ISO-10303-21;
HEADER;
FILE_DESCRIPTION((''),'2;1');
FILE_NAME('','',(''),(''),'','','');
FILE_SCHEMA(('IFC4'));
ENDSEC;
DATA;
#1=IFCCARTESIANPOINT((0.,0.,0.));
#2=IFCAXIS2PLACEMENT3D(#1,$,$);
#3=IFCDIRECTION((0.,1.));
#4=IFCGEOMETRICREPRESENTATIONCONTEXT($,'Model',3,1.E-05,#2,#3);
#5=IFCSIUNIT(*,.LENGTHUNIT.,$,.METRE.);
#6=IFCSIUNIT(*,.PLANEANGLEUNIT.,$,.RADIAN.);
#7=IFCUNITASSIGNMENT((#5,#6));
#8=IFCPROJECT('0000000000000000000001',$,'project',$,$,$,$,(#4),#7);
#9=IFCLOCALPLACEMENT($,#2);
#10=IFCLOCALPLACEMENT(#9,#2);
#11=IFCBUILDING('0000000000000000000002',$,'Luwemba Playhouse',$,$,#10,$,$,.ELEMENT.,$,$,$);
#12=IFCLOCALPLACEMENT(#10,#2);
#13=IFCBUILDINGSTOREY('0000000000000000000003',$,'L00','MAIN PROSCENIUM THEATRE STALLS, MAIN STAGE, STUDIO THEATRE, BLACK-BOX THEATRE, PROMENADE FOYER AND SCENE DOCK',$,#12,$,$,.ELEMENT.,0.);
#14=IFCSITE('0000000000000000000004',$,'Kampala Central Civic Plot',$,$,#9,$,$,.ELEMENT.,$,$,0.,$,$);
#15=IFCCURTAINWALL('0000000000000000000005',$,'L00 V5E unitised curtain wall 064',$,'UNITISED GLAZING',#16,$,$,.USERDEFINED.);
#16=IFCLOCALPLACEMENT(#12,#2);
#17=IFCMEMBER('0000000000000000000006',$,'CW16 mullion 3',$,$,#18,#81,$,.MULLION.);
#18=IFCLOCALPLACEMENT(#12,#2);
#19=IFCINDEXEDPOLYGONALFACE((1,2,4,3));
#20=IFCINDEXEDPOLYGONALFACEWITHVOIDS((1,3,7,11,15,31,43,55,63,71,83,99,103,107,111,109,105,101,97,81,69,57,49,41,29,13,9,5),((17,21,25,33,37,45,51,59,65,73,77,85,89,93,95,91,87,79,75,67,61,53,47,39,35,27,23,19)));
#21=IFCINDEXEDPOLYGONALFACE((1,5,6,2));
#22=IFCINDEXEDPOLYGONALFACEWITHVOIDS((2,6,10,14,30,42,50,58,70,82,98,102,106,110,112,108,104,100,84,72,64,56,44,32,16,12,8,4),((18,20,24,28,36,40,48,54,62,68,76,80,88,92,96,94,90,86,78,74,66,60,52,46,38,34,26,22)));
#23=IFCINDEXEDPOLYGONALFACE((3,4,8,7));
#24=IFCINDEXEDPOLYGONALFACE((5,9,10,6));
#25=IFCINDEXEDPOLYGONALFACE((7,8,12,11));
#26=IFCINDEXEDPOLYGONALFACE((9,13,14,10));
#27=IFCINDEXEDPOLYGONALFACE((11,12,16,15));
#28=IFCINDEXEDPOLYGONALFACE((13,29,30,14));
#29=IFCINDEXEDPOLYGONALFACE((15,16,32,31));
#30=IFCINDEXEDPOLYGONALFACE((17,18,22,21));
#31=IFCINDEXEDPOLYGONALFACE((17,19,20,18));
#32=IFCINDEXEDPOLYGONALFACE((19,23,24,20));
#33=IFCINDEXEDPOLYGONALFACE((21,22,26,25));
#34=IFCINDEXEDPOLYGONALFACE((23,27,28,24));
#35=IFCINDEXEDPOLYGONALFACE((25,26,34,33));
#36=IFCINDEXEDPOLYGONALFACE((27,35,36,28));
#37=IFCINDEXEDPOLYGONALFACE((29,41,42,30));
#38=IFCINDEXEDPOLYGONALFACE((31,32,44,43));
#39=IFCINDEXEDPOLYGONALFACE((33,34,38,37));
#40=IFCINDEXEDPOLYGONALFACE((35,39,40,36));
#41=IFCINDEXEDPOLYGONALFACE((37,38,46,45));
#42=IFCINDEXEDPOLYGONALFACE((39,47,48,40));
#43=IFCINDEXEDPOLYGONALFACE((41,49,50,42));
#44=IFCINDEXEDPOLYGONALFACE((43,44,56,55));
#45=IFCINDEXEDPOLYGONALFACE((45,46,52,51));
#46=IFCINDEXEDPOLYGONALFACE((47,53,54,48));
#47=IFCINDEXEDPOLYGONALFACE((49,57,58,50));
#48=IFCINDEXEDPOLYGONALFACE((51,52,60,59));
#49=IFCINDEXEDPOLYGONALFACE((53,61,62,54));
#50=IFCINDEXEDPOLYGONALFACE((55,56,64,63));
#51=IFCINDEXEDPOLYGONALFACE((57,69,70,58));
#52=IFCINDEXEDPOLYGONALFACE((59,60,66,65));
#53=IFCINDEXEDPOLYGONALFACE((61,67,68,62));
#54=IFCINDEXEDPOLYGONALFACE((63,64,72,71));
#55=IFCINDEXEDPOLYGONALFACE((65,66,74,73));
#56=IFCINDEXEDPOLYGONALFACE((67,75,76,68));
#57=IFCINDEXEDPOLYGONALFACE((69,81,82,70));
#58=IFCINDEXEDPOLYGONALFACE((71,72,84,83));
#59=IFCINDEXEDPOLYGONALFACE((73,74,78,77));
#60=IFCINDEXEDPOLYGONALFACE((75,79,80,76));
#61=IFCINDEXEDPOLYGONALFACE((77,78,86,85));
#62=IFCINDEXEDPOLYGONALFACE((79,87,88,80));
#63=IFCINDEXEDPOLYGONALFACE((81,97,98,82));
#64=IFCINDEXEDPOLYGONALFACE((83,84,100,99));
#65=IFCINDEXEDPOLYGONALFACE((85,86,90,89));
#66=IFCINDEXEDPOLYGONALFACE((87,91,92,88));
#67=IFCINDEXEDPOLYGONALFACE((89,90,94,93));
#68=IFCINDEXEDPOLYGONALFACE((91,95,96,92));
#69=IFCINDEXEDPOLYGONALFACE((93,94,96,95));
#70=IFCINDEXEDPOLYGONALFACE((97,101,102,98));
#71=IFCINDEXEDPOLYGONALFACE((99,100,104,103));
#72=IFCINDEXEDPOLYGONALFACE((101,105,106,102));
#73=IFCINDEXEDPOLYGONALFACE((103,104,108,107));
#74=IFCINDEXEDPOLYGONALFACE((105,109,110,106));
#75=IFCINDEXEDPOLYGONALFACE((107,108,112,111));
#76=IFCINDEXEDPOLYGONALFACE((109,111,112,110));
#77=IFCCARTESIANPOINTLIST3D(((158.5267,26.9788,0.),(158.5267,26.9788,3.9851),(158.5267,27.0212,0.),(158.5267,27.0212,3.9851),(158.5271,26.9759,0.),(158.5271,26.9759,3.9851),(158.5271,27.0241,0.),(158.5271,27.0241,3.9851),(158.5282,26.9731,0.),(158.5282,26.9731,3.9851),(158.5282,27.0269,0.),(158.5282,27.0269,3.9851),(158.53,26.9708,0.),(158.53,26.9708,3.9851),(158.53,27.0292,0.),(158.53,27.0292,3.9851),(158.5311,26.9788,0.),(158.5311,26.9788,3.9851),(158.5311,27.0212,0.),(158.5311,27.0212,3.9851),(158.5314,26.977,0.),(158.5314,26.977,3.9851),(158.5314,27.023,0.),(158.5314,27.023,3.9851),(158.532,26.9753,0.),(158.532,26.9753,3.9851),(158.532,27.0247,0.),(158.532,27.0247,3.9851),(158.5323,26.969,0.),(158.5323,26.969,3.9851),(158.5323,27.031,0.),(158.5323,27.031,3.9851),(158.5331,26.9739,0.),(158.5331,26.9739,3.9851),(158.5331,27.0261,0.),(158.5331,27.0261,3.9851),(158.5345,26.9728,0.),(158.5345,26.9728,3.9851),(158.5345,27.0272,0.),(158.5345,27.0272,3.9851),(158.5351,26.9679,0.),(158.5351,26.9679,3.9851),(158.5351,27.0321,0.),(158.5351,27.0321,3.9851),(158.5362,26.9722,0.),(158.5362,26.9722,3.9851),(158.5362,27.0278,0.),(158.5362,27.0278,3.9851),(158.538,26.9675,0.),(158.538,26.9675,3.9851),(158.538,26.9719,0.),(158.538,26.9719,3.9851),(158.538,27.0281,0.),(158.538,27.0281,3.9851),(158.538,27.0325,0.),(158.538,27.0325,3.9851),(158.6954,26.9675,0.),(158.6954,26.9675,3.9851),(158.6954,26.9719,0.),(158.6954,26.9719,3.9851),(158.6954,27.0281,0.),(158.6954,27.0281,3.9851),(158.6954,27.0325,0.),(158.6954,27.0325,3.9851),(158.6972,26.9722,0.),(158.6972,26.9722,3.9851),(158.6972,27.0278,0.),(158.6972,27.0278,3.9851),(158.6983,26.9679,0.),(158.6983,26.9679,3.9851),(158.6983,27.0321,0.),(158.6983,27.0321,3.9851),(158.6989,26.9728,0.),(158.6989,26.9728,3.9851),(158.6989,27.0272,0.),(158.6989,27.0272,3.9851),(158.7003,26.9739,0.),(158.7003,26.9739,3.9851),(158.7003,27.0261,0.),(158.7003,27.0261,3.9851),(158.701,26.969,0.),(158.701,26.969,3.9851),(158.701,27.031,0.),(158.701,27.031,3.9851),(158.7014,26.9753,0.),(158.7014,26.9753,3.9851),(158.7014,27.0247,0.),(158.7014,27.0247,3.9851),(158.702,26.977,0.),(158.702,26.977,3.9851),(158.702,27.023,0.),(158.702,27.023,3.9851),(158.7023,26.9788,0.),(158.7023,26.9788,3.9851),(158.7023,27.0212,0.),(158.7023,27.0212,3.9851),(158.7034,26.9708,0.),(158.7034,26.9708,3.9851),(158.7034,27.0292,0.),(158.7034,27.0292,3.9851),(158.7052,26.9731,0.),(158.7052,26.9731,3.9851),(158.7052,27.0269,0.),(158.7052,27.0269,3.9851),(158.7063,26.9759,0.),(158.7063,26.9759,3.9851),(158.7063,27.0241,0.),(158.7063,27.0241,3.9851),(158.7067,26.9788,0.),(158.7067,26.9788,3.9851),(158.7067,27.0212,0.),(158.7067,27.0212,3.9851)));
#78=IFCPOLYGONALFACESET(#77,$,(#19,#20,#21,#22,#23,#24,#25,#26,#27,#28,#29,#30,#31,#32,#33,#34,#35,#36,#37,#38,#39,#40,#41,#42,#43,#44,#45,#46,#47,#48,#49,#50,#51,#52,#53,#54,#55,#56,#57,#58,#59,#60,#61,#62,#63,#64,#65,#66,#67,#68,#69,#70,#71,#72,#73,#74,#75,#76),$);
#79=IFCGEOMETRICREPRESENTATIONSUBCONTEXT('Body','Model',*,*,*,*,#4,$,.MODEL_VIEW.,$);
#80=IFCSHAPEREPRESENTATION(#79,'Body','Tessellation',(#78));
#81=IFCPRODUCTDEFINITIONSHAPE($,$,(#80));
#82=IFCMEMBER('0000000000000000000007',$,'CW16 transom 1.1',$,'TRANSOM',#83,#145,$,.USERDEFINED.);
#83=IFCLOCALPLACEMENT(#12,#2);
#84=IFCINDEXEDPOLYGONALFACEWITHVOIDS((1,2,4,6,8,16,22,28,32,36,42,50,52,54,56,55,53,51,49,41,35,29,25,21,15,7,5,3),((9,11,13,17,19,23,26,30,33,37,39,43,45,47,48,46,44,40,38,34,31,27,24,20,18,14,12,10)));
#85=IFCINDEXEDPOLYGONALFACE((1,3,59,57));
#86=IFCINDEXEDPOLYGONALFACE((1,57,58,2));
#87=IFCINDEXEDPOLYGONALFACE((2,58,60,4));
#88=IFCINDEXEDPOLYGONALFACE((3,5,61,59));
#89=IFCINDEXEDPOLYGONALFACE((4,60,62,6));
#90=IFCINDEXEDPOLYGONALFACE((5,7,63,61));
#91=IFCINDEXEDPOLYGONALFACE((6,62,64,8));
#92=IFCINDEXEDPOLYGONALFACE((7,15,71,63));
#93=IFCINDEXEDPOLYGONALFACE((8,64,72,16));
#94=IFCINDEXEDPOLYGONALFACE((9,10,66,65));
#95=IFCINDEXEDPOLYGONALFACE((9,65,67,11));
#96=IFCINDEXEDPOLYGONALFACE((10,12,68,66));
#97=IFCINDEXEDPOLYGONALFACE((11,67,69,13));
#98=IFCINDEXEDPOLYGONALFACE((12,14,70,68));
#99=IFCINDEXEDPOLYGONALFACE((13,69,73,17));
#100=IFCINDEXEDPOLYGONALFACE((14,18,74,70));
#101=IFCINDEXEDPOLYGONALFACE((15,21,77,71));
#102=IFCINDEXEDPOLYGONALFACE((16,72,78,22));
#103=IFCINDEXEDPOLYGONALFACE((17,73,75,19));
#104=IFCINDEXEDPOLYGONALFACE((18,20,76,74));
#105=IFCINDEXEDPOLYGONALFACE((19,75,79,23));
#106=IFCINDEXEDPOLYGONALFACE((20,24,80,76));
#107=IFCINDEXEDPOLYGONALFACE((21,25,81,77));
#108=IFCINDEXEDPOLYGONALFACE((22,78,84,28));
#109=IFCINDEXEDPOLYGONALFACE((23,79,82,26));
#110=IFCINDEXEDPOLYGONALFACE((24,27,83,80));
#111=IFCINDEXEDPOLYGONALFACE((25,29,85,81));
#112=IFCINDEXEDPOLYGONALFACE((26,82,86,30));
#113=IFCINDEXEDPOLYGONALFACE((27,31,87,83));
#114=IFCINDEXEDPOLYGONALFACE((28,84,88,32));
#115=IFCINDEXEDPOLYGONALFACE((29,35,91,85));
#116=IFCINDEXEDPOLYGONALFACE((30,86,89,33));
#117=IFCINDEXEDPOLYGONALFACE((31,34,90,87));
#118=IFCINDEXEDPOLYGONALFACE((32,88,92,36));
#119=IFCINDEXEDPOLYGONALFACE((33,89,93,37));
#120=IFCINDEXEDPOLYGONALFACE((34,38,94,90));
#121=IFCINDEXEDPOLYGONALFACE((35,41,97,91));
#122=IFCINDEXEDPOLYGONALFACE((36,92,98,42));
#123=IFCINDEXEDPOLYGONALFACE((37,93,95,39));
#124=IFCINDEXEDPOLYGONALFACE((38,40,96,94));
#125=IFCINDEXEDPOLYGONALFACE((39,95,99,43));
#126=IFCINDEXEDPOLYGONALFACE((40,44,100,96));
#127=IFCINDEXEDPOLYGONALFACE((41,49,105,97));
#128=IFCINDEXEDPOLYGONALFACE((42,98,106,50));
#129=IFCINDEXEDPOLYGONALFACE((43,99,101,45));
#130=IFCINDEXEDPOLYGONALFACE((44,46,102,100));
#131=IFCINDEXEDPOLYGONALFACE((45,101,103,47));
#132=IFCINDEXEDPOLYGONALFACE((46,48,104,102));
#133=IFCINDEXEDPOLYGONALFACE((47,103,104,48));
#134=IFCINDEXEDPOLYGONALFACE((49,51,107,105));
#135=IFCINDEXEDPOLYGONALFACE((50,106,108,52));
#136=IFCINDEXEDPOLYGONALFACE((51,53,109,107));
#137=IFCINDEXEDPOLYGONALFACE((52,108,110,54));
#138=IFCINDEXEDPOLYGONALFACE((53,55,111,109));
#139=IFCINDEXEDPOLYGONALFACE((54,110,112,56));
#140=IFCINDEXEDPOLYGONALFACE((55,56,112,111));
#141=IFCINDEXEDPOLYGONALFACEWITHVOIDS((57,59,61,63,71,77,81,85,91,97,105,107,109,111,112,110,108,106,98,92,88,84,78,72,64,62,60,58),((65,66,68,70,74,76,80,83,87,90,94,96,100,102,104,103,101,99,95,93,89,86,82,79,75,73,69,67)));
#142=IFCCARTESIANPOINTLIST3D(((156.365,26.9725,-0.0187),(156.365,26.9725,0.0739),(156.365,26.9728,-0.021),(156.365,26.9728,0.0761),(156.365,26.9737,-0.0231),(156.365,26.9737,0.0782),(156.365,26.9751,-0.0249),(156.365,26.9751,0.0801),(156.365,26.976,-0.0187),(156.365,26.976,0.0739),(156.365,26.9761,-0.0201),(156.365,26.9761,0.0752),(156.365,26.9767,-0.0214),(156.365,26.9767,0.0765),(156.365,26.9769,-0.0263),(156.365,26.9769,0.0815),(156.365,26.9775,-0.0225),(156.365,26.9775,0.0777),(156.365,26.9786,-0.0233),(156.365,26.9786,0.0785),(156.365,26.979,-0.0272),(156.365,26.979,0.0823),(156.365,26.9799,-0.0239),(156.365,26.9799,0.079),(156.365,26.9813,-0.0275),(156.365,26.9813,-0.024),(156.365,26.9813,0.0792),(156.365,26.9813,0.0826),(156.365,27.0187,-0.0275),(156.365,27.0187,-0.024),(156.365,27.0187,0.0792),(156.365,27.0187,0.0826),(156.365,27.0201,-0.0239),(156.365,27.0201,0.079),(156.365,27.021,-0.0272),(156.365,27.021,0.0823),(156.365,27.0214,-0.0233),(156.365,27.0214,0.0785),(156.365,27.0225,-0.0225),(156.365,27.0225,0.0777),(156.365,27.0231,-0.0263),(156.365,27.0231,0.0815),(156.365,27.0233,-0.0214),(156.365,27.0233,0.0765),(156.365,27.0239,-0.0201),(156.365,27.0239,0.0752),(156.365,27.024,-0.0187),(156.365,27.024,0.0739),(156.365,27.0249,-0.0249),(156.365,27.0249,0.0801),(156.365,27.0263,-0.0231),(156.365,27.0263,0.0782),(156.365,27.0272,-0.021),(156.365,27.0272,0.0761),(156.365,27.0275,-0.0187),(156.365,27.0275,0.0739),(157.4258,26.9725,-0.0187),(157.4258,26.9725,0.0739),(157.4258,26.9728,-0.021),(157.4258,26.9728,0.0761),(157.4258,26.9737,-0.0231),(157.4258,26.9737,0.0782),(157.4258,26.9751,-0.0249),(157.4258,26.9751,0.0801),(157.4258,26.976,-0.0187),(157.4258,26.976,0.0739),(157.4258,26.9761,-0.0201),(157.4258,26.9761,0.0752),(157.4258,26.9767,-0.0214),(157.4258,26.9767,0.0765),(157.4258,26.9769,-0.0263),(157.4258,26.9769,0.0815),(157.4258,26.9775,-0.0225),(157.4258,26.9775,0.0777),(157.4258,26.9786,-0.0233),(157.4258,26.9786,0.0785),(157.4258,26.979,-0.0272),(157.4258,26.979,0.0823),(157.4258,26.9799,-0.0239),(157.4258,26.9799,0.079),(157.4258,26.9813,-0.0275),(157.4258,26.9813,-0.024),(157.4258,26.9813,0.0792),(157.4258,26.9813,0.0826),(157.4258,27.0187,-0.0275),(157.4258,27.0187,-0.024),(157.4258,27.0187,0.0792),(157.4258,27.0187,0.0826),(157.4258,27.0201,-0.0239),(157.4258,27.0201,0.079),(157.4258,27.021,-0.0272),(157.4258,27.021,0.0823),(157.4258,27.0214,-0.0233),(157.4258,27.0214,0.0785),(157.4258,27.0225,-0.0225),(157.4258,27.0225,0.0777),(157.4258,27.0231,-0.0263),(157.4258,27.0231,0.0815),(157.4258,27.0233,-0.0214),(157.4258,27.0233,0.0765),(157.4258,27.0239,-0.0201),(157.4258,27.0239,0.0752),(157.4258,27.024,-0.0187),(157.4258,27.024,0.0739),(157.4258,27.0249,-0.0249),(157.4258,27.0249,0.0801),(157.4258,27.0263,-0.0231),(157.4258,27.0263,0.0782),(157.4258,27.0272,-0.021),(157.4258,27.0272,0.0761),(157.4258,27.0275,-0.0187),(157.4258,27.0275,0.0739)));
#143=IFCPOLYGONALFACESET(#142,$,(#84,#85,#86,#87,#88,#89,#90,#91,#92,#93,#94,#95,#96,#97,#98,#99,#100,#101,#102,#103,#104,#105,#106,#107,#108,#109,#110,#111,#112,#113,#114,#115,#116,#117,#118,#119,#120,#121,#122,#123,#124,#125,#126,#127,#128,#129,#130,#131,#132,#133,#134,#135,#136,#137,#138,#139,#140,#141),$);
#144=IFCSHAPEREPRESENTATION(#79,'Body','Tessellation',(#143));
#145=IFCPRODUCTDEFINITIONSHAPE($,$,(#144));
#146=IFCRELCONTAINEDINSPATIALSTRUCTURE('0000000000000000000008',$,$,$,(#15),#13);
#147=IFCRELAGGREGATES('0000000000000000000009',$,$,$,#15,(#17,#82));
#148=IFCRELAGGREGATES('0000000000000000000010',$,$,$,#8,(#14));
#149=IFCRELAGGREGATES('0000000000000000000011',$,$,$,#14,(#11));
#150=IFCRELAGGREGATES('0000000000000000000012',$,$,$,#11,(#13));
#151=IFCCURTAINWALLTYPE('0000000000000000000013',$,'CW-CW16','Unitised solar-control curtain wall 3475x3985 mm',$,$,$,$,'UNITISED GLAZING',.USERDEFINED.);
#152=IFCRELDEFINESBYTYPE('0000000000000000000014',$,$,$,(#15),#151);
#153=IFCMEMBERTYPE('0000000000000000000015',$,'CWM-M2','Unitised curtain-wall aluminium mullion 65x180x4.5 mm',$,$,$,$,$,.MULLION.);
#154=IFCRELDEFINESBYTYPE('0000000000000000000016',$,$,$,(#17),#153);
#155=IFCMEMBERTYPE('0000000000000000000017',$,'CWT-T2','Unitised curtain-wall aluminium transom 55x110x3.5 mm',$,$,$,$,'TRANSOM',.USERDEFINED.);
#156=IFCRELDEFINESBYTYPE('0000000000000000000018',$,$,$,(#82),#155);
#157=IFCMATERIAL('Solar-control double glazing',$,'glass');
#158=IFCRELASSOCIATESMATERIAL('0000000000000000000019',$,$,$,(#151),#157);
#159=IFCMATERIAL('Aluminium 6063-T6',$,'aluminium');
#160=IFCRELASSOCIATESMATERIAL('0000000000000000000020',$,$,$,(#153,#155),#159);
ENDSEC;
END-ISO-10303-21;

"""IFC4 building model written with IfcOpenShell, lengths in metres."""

from ifc_helpers import new_model, si_unit, direction, frame, origin, origin_2d, place, context, subcontext, project, spatial, hollow_rectangle, extrude, material, material_profile, profile_set, type_object, element, aggregate, save


model = new_model("IFC4")

# Units and contexts
model_context = context("Model", 3, precision=1e-05, world=origin(), true_north=direction((0.0, 1.0)))
body_context = subcontext(model_context, "Body", "Model", "MODEL_VIEW")
ifc_project = project(units=[si_unit("LENGTHUNIT", "METRE"), si_unit("PLANEANGLEUNIT", "RADIAN")], contexts=[model_context])

# Site, building, storey
site_placement = place(None, origin())
site = spatial("IfcSite", under=ifc_project, at=site_placement, Name="Kampala Central Civic Plot", CompositionType="ELEMENT", RefElevation=0.0)
building_placement = place(site_placement, origin())
building = spatial("IfcBuilding", under=site, at=building_placement, Name="Luwemba Playhouse", CompositionType="ELEMENT")
storey_placement = place(building_placement, origin())
storey = spatial("IfcBuildingStorey", under=building, at=storey_placement, Name="L00", Description="MAIN PROSCENIUM THEATRE STALLS, MAIN STAGE, STUDIO THEATRE, BLACK-BOX THEATRE, PROMENADE FOYER AND SCENE DOCK", CompositionType="ELEMENT", Elevation=0.0)

# Curtain wall, members
ifc_material_1 = material(Name="Solar-control double glazing", Category="glass")
curtain_wall_type = type_object("IfcCurtainWallType", Name="CW-CW16", Description="Unitised solar-control curtain wall 3475x3985 mm", ElementType="UNITISED GLAZING", PredefinedType="USERDEFINED", material=ifc_material_1)
curtain_wall_placement = place(storey_placement, origin())
curtain_wall = element("IfcCurtainWall", 1, at=curtain_wall_placement, inside=storey, type_object=curtain_wall_type, Name="L00 V5E unitised curtain wall 064", ObjectType="UNITISED GLAZING", PredefinedType="USERDEFINED")
ifc_material_2 = material(Name="Aluminium 6063-T6", Category="aluminium")
ifc_material_profile_1 = material_profile(ifc_material_2, hollow_rectangle(XDim=0.0649, YDim=0.1799, WallThickness=0.0044, InnerFilletRadius=0.0068, OuterFilletRadius=0.0112, at=origin_2d()))
ifc_profile_set_1 = profile_set([ifc_material_profile_1], Name="Aluminium 6063-T6")
member_type_1 = type_object("IfcMemberType", Name="CWM-M2", Description="Unitised curtain-wall aluminium mullion 65x180x4.5 mm", PredefinedType="MULLION", material=ifc_profile_set_1)
member_1_placement = place(storey_placement, frame((158.6167, 27.0, 0.0), z_axis=(0.0, 0.0, 1.0), x_axis=(0.0, 1.0, 0.0)))
member_1 = element("IfcMember", 2, at=member_1_placement, type_object=member_type_1, Name="CW16 mullion 3", PredefinedType="MULLION", context=body_context, shape_type="SweptSolid", body=[
    extrude(hollow_rectangle(XDim=0.0649, YDim=0.1799, WallThickness=0.0044, InnerFilletRadius=0.0068, OuterFilletRadius=0.0112, at=origin_2d()), origin(), (0.0, 0.0, 1.0), 3.9851),
])
ifc_material_profile_2 = material_profile(ifc_material_2, hollow_rectangle(XDim=0.0549, YDim=0.1101, WallThickness=0.0034, InnerFilletRadius=0.0054, OuterFilletRadius=0.0088, at=origin_2d()))
ifc_profile_set_2 = profile_set([ifc_material_profile_2], Name="Aluminium 6063-T6")
member_type_2 = type_object("IfcMemberType", Name="CWT-T2", Description="Unitised curtain-wall aluminium transom 55x110x3.5 mm", ElementType="TRANSOM", PredefinedType="USERDEFINED", material=ifc_profile_set_2)
member_2_placement = place(storey_placement, frame((156.365, 27.0, 0.0276), z_axis=(1.0, 0.0, 0.0), x_axis=(0.0, 1.0, 0.0)))
member_2 = element("IfcMember", 3, at=member_2_placement, type_object=member_type_2, Name="CW16 transom 1.1", ObjectType="TRANSOM", PredefinedType="USERDEFINED", context=body_context, shape_type="SweptSolid", body=[
    extrude(hollow_rectangle(XDim=0.0549, YDim=0.1101, WallThickness=0.0034, InnerFilletRadius=0.0054, OuterFilletRadius=0.0088, at=origin_2d()), origin(), (0.0, 0.0, 1.0), 1.0608),
])
aggregate(curtain_wall, [member_1, member_2])

save(model, "model.ifc")
